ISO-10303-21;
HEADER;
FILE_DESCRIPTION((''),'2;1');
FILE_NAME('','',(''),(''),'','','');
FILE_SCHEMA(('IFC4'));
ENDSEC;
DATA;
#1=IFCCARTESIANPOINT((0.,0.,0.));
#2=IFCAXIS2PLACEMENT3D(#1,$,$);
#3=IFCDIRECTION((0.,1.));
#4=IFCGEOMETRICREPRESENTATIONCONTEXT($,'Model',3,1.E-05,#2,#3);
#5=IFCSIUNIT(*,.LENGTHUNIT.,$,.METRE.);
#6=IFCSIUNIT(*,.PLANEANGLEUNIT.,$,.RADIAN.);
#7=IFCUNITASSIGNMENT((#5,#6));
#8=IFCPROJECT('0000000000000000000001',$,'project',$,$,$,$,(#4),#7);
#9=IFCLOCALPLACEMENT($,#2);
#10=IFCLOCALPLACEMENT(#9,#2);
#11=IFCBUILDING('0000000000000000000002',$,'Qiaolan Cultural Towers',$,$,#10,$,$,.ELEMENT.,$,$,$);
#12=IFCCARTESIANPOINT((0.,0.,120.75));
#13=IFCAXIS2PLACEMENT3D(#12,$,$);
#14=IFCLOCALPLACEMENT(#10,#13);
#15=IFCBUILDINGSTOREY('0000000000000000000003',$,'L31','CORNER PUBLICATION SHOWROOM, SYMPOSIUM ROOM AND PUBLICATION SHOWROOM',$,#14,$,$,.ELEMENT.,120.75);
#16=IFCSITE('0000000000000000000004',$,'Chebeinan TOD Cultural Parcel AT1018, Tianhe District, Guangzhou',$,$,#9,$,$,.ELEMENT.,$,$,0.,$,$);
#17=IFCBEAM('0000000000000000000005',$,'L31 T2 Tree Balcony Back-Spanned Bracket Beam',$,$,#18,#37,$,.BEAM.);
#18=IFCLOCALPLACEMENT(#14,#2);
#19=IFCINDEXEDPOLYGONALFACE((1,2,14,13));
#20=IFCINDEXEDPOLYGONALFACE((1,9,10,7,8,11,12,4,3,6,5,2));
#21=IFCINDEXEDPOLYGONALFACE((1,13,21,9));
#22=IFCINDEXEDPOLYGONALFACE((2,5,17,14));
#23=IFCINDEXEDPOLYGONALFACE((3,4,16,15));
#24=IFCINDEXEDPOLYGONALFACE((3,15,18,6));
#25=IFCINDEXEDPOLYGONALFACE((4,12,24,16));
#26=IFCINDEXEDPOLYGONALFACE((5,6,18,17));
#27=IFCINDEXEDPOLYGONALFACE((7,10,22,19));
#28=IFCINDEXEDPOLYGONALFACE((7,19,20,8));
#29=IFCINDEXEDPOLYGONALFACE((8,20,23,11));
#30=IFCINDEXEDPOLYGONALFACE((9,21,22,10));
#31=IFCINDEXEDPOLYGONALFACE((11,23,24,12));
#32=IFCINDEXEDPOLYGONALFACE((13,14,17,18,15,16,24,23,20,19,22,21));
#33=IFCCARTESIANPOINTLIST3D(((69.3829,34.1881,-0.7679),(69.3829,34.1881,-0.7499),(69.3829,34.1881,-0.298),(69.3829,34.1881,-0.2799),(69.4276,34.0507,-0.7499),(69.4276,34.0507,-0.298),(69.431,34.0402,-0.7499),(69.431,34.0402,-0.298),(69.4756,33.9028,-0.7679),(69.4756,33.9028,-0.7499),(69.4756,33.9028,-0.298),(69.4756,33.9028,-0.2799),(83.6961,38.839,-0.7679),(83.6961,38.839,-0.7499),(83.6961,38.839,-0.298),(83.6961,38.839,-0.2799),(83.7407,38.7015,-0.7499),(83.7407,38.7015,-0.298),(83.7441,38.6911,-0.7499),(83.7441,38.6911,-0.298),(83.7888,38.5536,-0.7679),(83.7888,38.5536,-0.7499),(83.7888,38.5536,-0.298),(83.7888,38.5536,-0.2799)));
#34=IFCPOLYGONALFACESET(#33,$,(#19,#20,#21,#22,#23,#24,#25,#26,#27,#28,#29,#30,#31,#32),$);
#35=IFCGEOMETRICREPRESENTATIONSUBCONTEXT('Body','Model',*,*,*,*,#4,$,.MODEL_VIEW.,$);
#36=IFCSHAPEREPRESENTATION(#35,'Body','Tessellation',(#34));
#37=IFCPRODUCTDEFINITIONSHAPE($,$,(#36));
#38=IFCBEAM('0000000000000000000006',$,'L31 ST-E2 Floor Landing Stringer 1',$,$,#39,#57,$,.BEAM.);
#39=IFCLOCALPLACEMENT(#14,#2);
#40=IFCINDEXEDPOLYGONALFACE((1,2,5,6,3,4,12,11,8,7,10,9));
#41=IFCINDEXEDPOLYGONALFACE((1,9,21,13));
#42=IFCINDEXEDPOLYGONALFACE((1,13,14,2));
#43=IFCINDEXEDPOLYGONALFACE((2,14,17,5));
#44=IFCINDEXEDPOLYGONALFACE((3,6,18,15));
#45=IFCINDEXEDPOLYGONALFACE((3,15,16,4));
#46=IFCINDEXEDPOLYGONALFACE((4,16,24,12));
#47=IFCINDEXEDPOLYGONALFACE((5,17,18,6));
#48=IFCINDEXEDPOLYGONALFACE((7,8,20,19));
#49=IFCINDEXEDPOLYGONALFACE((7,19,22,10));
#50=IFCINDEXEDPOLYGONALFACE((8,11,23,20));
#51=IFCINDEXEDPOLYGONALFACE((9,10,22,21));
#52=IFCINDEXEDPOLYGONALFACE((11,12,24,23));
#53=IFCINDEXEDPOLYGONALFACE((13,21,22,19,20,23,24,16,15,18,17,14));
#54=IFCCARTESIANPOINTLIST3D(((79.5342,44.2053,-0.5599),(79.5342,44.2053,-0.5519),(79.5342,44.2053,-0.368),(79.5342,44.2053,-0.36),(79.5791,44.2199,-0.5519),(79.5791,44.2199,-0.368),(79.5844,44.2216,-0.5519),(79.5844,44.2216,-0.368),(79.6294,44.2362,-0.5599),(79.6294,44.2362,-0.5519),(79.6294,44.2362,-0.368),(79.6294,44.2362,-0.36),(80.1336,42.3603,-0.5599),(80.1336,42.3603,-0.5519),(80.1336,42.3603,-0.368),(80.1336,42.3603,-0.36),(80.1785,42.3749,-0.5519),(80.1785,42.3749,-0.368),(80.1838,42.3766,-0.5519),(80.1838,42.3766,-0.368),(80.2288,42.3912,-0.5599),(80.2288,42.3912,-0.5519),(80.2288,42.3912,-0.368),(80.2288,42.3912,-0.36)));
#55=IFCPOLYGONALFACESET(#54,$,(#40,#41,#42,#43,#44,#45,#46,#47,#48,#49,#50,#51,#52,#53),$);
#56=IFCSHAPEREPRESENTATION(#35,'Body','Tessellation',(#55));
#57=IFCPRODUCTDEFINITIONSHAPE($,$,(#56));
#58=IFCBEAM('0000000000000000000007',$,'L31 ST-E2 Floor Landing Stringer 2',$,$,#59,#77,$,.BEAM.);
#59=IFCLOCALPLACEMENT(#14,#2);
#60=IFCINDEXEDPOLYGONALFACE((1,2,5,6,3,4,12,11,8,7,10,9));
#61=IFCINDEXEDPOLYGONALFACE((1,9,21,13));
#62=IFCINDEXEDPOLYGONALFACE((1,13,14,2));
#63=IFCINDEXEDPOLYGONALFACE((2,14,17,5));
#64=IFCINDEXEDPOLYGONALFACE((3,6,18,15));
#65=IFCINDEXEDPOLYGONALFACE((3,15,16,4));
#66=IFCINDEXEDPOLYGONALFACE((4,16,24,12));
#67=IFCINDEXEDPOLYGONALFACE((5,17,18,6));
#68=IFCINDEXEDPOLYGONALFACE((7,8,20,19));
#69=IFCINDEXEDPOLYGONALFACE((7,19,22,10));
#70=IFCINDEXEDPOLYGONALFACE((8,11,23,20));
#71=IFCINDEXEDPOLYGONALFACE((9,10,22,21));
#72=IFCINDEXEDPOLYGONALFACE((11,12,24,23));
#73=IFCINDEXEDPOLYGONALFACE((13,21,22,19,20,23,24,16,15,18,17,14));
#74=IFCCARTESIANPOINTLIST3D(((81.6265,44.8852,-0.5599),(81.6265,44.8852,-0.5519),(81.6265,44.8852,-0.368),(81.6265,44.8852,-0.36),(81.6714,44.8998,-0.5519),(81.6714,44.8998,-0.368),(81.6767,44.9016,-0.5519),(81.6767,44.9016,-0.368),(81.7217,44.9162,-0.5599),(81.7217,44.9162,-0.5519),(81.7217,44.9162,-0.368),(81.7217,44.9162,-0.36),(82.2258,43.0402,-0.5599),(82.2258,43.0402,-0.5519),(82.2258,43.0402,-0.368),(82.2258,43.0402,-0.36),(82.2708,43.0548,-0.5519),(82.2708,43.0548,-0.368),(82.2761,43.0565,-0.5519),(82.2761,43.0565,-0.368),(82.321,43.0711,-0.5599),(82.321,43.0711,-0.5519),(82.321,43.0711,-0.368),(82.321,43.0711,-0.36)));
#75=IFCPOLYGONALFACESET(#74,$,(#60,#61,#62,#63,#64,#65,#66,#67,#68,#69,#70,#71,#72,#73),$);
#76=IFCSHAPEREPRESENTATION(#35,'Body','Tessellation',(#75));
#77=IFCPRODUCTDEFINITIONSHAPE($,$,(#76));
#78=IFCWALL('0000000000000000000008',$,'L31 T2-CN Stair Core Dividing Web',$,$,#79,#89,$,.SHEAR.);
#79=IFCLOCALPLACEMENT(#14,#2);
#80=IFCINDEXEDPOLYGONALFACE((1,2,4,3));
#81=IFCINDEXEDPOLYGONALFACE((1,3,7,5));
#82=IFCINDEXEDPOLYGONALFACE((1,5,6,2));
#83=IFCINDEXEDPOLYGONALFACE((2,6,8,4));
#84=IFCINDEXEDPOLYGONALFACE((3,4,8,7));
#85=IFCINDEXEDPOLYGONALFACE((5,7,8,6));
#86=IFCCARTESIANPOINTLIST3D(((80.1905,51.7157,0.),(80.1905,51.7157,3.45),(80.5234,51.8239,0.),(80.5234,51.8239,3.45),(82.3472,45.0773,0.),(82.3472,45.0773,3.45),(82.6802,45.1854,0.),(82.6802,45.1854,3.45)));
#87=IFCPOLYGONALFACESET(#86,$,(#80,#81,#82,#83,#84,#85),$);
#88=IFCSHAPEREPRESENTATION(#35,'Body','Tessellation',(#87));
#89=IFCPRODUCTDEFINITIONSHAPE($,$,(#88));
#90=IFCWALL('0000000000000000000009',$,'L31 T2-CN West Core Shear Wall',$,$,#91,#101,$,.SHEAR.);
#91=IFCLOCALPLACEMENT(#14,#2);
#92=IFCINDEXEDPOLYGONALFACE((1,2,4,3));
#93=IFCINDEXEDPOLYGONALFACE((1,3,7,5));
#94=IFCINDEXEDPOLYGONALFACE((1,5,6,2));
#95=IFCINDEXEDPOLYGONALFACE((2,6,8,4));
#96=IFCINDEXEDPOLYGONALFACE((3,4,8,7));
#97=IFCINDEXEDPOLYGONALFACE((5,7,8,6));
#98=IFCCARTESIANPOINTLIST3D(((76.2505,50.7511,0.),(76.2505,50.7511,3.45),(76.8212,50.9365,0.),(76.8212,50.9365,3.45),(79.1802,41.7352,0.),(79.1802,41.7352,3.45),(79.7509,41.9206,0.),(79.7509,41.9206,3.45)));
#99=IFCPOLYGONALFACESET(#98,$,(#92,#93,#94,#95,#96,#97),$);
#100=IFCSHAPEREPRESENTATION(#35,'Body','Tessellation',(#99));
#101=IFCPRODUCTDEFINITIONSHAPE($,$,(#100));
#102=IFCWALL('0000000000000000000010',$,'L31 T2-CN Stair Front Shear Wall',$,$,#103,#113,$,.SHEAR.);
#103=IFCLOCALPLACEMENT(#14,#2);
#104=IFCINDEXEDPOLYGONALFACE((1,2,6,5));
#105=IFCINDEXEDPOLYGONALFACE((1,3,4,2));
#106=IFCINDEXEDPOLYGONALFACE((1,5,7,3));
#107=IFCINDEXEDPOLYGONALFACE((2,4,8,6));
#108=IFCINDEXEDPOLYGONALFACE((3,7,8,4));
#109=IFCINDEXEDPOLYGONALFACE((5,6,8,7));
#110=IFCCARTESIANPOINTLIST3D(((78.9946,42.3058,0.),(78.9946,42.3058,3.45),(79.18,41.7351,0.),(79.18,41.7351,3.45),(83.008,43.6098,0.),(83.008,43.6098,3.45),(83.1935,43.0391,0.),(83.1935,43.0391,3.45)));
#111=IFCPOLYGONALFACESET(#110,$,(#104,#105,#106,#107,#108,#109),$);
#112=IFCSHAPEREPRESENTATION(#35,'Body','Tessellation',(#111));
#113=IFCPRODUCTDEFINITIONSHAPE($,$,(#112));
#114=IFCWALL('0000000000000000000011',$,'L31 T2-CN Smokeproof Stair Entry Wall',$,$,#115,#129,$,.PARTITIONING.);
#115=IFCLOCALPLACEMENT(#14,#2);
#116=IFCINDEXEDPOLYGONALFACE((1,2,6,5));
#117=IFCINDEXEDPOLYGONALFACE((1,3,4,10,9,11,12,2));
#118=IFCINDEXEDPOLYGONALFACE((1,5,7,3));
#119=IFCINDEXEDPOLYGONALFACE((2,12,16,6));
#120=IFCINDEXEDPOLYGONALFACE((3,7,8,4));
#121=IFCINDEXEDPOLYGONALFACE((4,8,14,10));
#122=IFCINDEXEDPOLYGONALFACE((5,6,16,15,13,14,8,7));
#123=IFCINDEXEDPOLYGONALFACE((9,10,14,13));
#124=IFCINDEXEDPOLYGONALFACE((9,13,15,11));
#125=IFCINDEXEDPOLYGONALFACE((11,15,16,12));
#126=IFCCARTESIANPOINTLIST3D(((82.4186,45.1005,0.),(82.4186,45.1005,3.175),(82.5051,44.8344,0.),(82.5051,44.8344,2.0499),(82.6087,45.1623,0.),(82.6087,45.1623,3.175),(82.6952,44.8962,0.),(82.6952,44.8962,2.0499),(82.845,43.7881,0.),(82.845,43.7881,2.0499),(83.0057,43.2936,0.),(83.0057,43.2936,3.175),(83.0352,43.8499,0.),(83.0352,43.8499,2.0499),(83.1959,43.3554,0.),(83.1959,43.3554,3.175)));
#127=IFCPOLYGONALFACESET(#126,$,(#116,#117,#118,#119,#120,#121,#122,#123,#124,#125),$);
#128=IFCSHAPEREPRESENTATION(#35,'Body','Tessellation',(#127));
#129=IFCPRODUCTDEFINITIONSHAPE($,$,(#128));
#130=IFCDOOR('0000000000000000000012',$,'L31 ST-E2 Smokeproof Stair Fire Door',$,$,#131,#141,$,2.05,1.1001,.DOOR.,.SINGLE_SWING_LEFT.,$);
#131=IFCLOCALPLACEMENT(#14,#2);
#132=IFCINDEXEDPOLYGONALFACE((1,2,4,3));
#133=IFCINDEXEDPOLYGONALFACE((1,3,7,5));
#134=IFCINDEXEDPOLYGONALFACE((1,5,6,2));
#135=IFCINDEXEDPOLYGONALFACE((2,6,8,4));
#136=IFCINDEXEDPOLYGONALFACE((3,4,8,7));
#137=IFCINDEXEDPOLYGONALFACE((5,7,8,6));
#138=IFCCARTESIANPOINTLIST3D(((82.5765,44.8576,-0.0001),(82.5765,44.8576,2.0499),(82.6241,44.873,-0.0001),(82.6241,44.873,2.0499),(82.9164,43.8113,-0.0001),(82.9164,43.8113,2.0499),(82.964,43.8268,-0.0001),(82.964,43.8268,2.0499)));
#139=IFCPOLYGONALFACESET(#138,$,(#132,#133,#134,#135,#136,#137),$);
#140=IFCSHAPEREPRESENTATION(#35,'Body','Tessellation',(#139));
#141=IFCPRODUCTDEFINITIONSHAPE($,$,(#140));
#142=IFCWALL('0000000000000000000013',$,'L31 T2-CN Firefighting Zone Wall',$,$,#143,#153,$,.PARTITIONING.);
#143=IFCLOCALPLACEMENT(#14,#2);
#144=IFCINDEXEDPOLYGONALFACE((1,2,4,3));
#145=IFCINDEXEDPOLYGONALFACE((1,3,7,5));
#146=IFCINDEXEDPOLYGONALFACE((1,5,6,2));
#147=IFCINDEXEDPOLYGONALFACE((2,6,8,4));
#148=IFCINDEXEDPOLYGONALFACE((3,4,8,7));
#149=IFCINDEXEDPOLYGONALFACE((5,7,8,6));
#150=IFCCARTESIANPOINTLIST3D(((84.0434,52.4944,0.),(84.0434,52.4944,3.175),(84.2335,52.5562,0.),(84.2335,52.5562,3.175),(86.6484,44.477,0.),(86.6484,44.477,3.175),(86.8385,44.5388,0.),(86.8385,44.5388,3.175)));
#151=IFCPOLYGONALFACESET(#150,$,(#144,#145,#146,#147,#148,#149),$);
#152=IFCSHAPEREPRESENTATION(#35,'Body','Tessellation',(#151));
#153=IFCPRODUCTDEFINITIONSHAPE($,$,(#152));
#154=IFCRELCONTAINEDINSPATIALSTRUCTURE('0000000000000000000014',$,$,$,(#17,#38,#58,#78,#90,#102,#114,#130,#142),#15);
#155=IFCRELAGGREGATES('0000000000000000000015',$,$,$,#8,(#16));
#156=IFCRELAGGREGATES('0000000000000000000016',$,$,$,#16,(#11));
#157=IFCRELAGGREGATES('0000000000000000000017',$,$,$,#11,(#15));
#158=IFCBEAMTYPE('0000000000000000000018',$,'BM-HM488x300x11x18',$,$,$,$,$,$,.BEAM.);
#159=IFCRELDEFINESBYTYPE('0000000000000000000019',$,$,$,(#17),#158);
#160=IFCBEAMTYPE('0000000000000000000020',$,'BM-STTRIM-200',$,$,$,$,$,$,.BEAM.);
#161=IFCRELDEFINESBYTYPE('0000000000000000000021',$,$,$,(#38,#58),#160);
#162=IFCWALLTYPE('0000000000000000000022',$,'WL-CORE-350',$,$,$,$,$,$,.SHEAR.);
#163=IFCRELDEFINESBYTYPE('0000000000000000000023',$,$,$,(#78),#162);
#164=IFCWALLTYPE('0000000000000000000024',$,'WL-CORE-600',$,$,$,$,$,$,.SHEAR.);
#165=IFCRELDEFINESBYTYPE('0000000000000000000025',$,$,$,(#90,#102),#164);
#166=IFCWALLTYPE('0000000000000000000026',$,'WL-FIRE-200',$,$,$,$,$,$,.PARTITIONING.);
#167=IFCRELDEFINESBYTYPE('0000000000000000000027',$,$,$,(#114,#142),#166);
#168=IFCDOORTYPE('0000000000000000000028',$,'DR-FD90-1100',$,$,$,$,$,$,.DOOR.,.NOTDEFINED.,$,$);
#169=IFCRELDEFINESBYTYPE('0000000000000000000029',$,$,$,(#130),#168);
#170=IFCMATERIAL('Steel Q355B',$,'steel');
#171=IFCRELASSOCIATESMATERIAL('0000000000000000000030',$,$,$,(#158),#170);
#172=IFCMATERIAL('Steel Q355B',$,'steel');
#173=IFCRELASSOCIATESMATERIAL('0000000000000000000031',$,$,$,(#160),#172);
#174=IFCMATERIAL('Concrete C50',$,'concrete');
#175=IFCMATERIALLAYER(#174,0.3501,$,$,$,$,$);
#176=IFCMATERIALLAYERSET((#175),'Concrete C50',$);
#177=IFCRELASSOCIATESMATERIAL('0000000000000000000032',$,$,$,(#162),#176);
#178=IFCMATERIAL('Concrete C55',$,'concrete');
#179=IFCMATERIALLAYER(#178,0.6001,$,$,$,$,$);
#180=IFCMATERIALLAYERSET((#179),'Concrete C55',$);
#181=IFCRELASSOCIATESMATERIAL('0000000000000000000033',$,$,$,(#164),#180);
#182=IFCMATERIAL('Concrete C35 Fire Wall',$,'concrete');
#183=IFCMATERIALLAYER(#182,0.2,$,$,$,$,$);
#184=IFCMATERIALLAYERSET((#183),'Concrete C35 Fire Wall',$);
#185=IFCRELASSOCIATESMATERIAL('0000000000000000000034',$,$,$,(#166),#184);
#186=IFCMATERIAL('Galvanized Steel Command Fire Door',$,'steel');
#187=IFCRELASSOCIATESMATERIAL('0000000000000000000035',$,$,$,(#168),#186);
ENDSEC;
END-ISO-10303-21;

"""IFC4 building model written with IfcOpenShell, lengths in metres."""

from ifc_helpers import new_model, si_unit, direction, frame, frame_2d, origin, origin_2d, place, context, subcontext, project, spatial, rectangle, i_section, extrude, material, layer, layer_set, material_profile, profile_set, type_object, element, fill, save


model = new_model("IFC4")

# Units and contexts
model_context = context("Model", 3, precision=1e-05, world=origin(), true_north=direction((0.0, 1.0)))
body_context = subcontext(model_context, "Body", "Model", "MODEL_VIEW")
ifc_project = project(units=[si_unit("LENGTHUNIT", "METRE"), si_unit("PLANEANGLEUNIT", "RADIAN")], contexts=[model_context])

# Site, building, storey
site_placement = place(None, origin())
site = spatial("IfcSite", under=ifc_project, at=site_placement, Name="Chebeinan TOD Cultural Parcel AT1018, Tianhe District, Guangzhou", CompositionType="ELEMENT", RefElevation=0.0)
building_placement = place(site_placement, origin())
building = spatial("IfcBuilding", under=site, at=building_placement, Name="Qiaolan Cultural Towers", CompositionType="ELEMENT")
storey_placement = place(building_placement, frame((0.0, 0.0, 120.75)))
storey = spatial("IfcBuildingStorey", under=building, at=storey_placement, Name="L31", Description="CORNER PUBLICATION SHOWROOM, SYMPOSIUM ROOM AND PUBLICATION SHOWROOM", CompositionType="ELEMENT", Elevation=120.75)

# Beams
ifc_material_1 = material(Name="Steel Q355B", Category="steel")
ifc_material_profile_1 = material_profile(ifc_material_1, i_section(OverallWidth=0.3, OverallDepth=0.488, WebThickness=0.011, FlangeThickness=0.0181, at=origin_2d()), Name="HM488x300x11x18")
ifc_profile_set_1 = profile_set([ifc_material_profile_1], Name="Steel Q355B")
beam_type_1 = type_object("IfcBeamType", Name="BM-HM488x300x11x18", PredefinedType="BEAM", material=ifc_profile_set_1)
beam_placement = place(storey_placement, frame((83.7424, 38.6963, -0.5239), z_axis=(-0.951052, -0.309031, 0.0), x_axis=(0.309031, -0.951052, 0.0)))
element("IfcBeam", 1, at=beam_placement, inside=storey, type_object=beam_type_1, Name="L31 T2 Tree Balcony Back-Spanned Bracket Beam", PredefinedType="BEAM", context=body_context, shape_type="SweptSolid", body=[
    extrude(i_section(OverallWidth=0.3, OverallDepth=0.488, WebThickness=0.011, FlangeThickness=0.0181, at=origin_2d()), origin(), (0.0, 0.0, 1.0), 15.0498),
])
ifc_material_2 = material(Name="Steel Q355B", Category="steel")
ifc_material_profile_2 = material_profile(ifc_material_2, i_section(OverallWidth=0.1001, OverallDepth=0.2, WebThickness=0.0056, FlangeThickness=0.0081, at=origin_2d()), Name="HN200x100x5.5x8")
ifc_profile_set_2 = profile_set([ifc_material_profile_2], Name="Steel Q355B")
beam_type_2 = type_object("IfcBeamType", Name="BM-STTRIM-200", PredefinedType="BEAM", material=ifc_profile_set_2)
for number, where, z_axis, x_axis, name in (
    (2, (80.1812, 42.3757, -0.46), (-0.308969, 0.951072, 0.0), (-0.951072, -0.308969, 0.0), "L31 ST-E2 Floor Landing Stringer 1"),
    (3, (82.2734, 43.0557, -0.46), (-0.308969, 0.951072, 0.0), (-0.951072, -0.308969, 0.0), "L31 ST-E2 Floor Landing Stringer 2"),
):
    element("IfcBeam", number, at=place(storey_placement, frame(where, z_axis=z_axis, x_axis=x_axis)), inside=storey, type_object=beam_type_2, Name=name, PredefinedType="BEAM", context=body_context, shape_type="SweptSolid", body=[
        extrude(i_section(OverallWidth=0.1001, OverallDepth=0.2, WebThickness=0.0056, FlangeThickness=0.0081, at=origin_2d()), origin(), (0.0, 0.0, 1.0), 1.9399),
    ])

# Walls
ifc_material_3 = material(Name="Concrete C50", Category="concrete")
ifc_layer_1 = layer(ifc_material_3, 0.3501)
ifc_layer_set_1 = layer_set([ifc_layer_1], Name="Concrete C50")
wall_type_1 = type_object("IfcWallType", Name="WL-CORE-350", PredefinedType="SHEAR", material=ifc_layer_set_1)
wall_1_placement = place(storey_placement, frame((82.5137, 45.1313, 0.0), z_axis=(0.0, 0.0, 1.0), x_axis=(-0.308989, 0.951066, 0.0)))
element("IfcWall", 4, at=wall_1_placement, inside=storey, type_object=wall_type_1, Name="L31 T2-CN Stair Core Dividing Web", PredefinedType="SHEAR", context=body_context, shape_type="SweptSolid", body=[
    extrude(rectangle(XDim=6.98, YDim=0.3501, at=frame_2d((3.49, 0.0))), origin(), (0.0, 0.0, 1.0), 3.45),
])
ifc_material_4 = material(Name="Concrete C55", Category="concrete")
ifc_layer_2 = layer(ifc_material_4, 0.6001)
ifc_layer_set_2 = layer_set([ifc_layer_2], Name="Concrete C55")
wall_type_2 = type_object("IfcWallType", Name="WL-CORE-600", PredefinedType="SHEAR", material=ifc_layer_set_2)
wall_2_placement = place(storey_placement, frame((79.4656, 41.8279, 0.0), z_axis=(0.0, 0.0, 1.0), x_axis=(-0.309041, 0.951049, 0.0)))
element("IfcWall", 5, at=wall_2_placement, inside=storey, type_object=wall_type_2, Name="L31 T2-CN West Core Shear Wall", PredefinedType="SHEAR", context=body_context, shape_type="SweptSolid", body=[
    extrude(rectangle(XDim=9.48, YDim=0.6001, at=frame_2d((4.74, 0.0))), origin(), (0.0, 0.0, 1.0), 3.45),
])
wall_3_placement = place(storey_placement, frame((79.0874, 42.0205, 0.0), z_axis=(0.0, 0.0, 1.0), x_axis=(0.951063, 0.308998, 0.0)))
element("IfcWall", 6, at=wall_3_placement, inside=storey, type_object=wall_type_2, Name="L31 T2-CN Stair Front Shear Wall", PredefinedType="SHEAR", context=body_context, shape_type="SweptSolid", body=[
    extrude(rectangle(XDim=4.22, YDim=0.6001, at=frame_2d((2.1099, 0.0))), origin(), (0.0, 0.0, 1.0), 3.45),
])

# Wall, opening, door
ifc_material_5 = material(Name="Concrete C35 Fire Wall", Category="concrete")
ifc_layer_3 = layer(ifc_material_5, 0.2)
ifc_layer_set_3 = layer_set([ifc_layer_3], Name="Concrete C35 Fire Wall")
wall_type_3 = type_object("IfcWallType", Name="WL-FIRE-200", PredefinedType="PARTITIONING", material=ifc_layer_set_3)
wall_4_placement = place(storey_placement, frame((83.1008, 43.3245, 0.0), z_axis=(0.0, 0.0, 1.0), x_axis=(-0.309048, 0.951046, 0.0)))
wall_4 = element("IfcWall", 7, at=wall_4_placement, inside=storey, type_object=wall_type_3, Name="L31 T2-CN Smokeproof Stair Entry Wall", PredefinedType="PARTITIONING", context=body_context, shape_type="SweptSolid", body=[
    extrude(rectangle(XDim=1.8999, YDim=0.2, at=frame_2d((0.95, 0.0))), origin(), (0.0, 0.0, 1.0), 3.175),
])
opening_1_placement = place(wall_4_placement, frame((0.52, 0.0, 0.0)))
opening_1 = element("IfcOpeningElement", 8, at=opening_1_placement, cuts=wall_4, PredefinedType="OPENING", context=body_context, shape_type="SweptSolid", body=[
    extrude(rectangle(XDim=1.1001, YDim=2.05, at=frame_2d((0.55, 1.0249))), frame((0.0, 0.1099, 0.0), z_axis=(0.0, -1.0, 0.0), x_axis=(1.0, 0.0, 0.0)), (0.0, 0.0, 1.0), 0.22),
])
ifc_material_6 = material(Name="Galvanized Steel Command Fire Door", Category="steel")
door_type_1 = type_object("IfcDoorType", Name="DR-FD90-1100", OperationType="NOTDEFINED", PredefinedType="DOOR", material=ifc_material_6)
door_1_placement = place(opening_1_placement, origin())
door_1 = element("IfcDoor", 9, at=door_1_placement, inside=storey, type_object=door_type_1, Name="L31 ST-E2 Smokeproof Stair Fire Door", OperationType="SINGLE_SWING_LEFT", OverallHeight=2.05, OverallWidth=1.1001, PredefinedType="DOOR", context=body_context, shape_type="SweptSolid", body=[
    extrude(rectangle(XDim=1.1001, YDim=2.05, at=frame_2d((0.55, 1.0249))), frame((0.0, 0.0249, 0.0), z_axis=(0.0, -1.0, 0.0), x_axis=(1.0, 0.0, 0.0)), (0.0, 0.0, 1.0), 0.05),
])
fill(opening_1, door_1)

# Wall
wall_5_placement = place(storey_placement, frame((86.7434, 44.5081, 0.0), z_axis=(0.0, 0.0, 1.0), x_axis=(-0.309016, 0.951057, 0.0)))
element("IfcWall", 10, at=wall_5_placement, inside=storey, type_object=wall_type_3, Name="L31 T2-CN Firefighting Zone Wall", PredefinedType="PARTITIONING", context=body_context, shape_type="SweptSolid", body=[
    extrude(rectangle(XDim=8.4299, YDim=0.2, at=frame_2d((4.2148, 0.0))), origin(), (0.0, 0.0, 1.0), 3.175),
])

save(model, "model.ifc")
